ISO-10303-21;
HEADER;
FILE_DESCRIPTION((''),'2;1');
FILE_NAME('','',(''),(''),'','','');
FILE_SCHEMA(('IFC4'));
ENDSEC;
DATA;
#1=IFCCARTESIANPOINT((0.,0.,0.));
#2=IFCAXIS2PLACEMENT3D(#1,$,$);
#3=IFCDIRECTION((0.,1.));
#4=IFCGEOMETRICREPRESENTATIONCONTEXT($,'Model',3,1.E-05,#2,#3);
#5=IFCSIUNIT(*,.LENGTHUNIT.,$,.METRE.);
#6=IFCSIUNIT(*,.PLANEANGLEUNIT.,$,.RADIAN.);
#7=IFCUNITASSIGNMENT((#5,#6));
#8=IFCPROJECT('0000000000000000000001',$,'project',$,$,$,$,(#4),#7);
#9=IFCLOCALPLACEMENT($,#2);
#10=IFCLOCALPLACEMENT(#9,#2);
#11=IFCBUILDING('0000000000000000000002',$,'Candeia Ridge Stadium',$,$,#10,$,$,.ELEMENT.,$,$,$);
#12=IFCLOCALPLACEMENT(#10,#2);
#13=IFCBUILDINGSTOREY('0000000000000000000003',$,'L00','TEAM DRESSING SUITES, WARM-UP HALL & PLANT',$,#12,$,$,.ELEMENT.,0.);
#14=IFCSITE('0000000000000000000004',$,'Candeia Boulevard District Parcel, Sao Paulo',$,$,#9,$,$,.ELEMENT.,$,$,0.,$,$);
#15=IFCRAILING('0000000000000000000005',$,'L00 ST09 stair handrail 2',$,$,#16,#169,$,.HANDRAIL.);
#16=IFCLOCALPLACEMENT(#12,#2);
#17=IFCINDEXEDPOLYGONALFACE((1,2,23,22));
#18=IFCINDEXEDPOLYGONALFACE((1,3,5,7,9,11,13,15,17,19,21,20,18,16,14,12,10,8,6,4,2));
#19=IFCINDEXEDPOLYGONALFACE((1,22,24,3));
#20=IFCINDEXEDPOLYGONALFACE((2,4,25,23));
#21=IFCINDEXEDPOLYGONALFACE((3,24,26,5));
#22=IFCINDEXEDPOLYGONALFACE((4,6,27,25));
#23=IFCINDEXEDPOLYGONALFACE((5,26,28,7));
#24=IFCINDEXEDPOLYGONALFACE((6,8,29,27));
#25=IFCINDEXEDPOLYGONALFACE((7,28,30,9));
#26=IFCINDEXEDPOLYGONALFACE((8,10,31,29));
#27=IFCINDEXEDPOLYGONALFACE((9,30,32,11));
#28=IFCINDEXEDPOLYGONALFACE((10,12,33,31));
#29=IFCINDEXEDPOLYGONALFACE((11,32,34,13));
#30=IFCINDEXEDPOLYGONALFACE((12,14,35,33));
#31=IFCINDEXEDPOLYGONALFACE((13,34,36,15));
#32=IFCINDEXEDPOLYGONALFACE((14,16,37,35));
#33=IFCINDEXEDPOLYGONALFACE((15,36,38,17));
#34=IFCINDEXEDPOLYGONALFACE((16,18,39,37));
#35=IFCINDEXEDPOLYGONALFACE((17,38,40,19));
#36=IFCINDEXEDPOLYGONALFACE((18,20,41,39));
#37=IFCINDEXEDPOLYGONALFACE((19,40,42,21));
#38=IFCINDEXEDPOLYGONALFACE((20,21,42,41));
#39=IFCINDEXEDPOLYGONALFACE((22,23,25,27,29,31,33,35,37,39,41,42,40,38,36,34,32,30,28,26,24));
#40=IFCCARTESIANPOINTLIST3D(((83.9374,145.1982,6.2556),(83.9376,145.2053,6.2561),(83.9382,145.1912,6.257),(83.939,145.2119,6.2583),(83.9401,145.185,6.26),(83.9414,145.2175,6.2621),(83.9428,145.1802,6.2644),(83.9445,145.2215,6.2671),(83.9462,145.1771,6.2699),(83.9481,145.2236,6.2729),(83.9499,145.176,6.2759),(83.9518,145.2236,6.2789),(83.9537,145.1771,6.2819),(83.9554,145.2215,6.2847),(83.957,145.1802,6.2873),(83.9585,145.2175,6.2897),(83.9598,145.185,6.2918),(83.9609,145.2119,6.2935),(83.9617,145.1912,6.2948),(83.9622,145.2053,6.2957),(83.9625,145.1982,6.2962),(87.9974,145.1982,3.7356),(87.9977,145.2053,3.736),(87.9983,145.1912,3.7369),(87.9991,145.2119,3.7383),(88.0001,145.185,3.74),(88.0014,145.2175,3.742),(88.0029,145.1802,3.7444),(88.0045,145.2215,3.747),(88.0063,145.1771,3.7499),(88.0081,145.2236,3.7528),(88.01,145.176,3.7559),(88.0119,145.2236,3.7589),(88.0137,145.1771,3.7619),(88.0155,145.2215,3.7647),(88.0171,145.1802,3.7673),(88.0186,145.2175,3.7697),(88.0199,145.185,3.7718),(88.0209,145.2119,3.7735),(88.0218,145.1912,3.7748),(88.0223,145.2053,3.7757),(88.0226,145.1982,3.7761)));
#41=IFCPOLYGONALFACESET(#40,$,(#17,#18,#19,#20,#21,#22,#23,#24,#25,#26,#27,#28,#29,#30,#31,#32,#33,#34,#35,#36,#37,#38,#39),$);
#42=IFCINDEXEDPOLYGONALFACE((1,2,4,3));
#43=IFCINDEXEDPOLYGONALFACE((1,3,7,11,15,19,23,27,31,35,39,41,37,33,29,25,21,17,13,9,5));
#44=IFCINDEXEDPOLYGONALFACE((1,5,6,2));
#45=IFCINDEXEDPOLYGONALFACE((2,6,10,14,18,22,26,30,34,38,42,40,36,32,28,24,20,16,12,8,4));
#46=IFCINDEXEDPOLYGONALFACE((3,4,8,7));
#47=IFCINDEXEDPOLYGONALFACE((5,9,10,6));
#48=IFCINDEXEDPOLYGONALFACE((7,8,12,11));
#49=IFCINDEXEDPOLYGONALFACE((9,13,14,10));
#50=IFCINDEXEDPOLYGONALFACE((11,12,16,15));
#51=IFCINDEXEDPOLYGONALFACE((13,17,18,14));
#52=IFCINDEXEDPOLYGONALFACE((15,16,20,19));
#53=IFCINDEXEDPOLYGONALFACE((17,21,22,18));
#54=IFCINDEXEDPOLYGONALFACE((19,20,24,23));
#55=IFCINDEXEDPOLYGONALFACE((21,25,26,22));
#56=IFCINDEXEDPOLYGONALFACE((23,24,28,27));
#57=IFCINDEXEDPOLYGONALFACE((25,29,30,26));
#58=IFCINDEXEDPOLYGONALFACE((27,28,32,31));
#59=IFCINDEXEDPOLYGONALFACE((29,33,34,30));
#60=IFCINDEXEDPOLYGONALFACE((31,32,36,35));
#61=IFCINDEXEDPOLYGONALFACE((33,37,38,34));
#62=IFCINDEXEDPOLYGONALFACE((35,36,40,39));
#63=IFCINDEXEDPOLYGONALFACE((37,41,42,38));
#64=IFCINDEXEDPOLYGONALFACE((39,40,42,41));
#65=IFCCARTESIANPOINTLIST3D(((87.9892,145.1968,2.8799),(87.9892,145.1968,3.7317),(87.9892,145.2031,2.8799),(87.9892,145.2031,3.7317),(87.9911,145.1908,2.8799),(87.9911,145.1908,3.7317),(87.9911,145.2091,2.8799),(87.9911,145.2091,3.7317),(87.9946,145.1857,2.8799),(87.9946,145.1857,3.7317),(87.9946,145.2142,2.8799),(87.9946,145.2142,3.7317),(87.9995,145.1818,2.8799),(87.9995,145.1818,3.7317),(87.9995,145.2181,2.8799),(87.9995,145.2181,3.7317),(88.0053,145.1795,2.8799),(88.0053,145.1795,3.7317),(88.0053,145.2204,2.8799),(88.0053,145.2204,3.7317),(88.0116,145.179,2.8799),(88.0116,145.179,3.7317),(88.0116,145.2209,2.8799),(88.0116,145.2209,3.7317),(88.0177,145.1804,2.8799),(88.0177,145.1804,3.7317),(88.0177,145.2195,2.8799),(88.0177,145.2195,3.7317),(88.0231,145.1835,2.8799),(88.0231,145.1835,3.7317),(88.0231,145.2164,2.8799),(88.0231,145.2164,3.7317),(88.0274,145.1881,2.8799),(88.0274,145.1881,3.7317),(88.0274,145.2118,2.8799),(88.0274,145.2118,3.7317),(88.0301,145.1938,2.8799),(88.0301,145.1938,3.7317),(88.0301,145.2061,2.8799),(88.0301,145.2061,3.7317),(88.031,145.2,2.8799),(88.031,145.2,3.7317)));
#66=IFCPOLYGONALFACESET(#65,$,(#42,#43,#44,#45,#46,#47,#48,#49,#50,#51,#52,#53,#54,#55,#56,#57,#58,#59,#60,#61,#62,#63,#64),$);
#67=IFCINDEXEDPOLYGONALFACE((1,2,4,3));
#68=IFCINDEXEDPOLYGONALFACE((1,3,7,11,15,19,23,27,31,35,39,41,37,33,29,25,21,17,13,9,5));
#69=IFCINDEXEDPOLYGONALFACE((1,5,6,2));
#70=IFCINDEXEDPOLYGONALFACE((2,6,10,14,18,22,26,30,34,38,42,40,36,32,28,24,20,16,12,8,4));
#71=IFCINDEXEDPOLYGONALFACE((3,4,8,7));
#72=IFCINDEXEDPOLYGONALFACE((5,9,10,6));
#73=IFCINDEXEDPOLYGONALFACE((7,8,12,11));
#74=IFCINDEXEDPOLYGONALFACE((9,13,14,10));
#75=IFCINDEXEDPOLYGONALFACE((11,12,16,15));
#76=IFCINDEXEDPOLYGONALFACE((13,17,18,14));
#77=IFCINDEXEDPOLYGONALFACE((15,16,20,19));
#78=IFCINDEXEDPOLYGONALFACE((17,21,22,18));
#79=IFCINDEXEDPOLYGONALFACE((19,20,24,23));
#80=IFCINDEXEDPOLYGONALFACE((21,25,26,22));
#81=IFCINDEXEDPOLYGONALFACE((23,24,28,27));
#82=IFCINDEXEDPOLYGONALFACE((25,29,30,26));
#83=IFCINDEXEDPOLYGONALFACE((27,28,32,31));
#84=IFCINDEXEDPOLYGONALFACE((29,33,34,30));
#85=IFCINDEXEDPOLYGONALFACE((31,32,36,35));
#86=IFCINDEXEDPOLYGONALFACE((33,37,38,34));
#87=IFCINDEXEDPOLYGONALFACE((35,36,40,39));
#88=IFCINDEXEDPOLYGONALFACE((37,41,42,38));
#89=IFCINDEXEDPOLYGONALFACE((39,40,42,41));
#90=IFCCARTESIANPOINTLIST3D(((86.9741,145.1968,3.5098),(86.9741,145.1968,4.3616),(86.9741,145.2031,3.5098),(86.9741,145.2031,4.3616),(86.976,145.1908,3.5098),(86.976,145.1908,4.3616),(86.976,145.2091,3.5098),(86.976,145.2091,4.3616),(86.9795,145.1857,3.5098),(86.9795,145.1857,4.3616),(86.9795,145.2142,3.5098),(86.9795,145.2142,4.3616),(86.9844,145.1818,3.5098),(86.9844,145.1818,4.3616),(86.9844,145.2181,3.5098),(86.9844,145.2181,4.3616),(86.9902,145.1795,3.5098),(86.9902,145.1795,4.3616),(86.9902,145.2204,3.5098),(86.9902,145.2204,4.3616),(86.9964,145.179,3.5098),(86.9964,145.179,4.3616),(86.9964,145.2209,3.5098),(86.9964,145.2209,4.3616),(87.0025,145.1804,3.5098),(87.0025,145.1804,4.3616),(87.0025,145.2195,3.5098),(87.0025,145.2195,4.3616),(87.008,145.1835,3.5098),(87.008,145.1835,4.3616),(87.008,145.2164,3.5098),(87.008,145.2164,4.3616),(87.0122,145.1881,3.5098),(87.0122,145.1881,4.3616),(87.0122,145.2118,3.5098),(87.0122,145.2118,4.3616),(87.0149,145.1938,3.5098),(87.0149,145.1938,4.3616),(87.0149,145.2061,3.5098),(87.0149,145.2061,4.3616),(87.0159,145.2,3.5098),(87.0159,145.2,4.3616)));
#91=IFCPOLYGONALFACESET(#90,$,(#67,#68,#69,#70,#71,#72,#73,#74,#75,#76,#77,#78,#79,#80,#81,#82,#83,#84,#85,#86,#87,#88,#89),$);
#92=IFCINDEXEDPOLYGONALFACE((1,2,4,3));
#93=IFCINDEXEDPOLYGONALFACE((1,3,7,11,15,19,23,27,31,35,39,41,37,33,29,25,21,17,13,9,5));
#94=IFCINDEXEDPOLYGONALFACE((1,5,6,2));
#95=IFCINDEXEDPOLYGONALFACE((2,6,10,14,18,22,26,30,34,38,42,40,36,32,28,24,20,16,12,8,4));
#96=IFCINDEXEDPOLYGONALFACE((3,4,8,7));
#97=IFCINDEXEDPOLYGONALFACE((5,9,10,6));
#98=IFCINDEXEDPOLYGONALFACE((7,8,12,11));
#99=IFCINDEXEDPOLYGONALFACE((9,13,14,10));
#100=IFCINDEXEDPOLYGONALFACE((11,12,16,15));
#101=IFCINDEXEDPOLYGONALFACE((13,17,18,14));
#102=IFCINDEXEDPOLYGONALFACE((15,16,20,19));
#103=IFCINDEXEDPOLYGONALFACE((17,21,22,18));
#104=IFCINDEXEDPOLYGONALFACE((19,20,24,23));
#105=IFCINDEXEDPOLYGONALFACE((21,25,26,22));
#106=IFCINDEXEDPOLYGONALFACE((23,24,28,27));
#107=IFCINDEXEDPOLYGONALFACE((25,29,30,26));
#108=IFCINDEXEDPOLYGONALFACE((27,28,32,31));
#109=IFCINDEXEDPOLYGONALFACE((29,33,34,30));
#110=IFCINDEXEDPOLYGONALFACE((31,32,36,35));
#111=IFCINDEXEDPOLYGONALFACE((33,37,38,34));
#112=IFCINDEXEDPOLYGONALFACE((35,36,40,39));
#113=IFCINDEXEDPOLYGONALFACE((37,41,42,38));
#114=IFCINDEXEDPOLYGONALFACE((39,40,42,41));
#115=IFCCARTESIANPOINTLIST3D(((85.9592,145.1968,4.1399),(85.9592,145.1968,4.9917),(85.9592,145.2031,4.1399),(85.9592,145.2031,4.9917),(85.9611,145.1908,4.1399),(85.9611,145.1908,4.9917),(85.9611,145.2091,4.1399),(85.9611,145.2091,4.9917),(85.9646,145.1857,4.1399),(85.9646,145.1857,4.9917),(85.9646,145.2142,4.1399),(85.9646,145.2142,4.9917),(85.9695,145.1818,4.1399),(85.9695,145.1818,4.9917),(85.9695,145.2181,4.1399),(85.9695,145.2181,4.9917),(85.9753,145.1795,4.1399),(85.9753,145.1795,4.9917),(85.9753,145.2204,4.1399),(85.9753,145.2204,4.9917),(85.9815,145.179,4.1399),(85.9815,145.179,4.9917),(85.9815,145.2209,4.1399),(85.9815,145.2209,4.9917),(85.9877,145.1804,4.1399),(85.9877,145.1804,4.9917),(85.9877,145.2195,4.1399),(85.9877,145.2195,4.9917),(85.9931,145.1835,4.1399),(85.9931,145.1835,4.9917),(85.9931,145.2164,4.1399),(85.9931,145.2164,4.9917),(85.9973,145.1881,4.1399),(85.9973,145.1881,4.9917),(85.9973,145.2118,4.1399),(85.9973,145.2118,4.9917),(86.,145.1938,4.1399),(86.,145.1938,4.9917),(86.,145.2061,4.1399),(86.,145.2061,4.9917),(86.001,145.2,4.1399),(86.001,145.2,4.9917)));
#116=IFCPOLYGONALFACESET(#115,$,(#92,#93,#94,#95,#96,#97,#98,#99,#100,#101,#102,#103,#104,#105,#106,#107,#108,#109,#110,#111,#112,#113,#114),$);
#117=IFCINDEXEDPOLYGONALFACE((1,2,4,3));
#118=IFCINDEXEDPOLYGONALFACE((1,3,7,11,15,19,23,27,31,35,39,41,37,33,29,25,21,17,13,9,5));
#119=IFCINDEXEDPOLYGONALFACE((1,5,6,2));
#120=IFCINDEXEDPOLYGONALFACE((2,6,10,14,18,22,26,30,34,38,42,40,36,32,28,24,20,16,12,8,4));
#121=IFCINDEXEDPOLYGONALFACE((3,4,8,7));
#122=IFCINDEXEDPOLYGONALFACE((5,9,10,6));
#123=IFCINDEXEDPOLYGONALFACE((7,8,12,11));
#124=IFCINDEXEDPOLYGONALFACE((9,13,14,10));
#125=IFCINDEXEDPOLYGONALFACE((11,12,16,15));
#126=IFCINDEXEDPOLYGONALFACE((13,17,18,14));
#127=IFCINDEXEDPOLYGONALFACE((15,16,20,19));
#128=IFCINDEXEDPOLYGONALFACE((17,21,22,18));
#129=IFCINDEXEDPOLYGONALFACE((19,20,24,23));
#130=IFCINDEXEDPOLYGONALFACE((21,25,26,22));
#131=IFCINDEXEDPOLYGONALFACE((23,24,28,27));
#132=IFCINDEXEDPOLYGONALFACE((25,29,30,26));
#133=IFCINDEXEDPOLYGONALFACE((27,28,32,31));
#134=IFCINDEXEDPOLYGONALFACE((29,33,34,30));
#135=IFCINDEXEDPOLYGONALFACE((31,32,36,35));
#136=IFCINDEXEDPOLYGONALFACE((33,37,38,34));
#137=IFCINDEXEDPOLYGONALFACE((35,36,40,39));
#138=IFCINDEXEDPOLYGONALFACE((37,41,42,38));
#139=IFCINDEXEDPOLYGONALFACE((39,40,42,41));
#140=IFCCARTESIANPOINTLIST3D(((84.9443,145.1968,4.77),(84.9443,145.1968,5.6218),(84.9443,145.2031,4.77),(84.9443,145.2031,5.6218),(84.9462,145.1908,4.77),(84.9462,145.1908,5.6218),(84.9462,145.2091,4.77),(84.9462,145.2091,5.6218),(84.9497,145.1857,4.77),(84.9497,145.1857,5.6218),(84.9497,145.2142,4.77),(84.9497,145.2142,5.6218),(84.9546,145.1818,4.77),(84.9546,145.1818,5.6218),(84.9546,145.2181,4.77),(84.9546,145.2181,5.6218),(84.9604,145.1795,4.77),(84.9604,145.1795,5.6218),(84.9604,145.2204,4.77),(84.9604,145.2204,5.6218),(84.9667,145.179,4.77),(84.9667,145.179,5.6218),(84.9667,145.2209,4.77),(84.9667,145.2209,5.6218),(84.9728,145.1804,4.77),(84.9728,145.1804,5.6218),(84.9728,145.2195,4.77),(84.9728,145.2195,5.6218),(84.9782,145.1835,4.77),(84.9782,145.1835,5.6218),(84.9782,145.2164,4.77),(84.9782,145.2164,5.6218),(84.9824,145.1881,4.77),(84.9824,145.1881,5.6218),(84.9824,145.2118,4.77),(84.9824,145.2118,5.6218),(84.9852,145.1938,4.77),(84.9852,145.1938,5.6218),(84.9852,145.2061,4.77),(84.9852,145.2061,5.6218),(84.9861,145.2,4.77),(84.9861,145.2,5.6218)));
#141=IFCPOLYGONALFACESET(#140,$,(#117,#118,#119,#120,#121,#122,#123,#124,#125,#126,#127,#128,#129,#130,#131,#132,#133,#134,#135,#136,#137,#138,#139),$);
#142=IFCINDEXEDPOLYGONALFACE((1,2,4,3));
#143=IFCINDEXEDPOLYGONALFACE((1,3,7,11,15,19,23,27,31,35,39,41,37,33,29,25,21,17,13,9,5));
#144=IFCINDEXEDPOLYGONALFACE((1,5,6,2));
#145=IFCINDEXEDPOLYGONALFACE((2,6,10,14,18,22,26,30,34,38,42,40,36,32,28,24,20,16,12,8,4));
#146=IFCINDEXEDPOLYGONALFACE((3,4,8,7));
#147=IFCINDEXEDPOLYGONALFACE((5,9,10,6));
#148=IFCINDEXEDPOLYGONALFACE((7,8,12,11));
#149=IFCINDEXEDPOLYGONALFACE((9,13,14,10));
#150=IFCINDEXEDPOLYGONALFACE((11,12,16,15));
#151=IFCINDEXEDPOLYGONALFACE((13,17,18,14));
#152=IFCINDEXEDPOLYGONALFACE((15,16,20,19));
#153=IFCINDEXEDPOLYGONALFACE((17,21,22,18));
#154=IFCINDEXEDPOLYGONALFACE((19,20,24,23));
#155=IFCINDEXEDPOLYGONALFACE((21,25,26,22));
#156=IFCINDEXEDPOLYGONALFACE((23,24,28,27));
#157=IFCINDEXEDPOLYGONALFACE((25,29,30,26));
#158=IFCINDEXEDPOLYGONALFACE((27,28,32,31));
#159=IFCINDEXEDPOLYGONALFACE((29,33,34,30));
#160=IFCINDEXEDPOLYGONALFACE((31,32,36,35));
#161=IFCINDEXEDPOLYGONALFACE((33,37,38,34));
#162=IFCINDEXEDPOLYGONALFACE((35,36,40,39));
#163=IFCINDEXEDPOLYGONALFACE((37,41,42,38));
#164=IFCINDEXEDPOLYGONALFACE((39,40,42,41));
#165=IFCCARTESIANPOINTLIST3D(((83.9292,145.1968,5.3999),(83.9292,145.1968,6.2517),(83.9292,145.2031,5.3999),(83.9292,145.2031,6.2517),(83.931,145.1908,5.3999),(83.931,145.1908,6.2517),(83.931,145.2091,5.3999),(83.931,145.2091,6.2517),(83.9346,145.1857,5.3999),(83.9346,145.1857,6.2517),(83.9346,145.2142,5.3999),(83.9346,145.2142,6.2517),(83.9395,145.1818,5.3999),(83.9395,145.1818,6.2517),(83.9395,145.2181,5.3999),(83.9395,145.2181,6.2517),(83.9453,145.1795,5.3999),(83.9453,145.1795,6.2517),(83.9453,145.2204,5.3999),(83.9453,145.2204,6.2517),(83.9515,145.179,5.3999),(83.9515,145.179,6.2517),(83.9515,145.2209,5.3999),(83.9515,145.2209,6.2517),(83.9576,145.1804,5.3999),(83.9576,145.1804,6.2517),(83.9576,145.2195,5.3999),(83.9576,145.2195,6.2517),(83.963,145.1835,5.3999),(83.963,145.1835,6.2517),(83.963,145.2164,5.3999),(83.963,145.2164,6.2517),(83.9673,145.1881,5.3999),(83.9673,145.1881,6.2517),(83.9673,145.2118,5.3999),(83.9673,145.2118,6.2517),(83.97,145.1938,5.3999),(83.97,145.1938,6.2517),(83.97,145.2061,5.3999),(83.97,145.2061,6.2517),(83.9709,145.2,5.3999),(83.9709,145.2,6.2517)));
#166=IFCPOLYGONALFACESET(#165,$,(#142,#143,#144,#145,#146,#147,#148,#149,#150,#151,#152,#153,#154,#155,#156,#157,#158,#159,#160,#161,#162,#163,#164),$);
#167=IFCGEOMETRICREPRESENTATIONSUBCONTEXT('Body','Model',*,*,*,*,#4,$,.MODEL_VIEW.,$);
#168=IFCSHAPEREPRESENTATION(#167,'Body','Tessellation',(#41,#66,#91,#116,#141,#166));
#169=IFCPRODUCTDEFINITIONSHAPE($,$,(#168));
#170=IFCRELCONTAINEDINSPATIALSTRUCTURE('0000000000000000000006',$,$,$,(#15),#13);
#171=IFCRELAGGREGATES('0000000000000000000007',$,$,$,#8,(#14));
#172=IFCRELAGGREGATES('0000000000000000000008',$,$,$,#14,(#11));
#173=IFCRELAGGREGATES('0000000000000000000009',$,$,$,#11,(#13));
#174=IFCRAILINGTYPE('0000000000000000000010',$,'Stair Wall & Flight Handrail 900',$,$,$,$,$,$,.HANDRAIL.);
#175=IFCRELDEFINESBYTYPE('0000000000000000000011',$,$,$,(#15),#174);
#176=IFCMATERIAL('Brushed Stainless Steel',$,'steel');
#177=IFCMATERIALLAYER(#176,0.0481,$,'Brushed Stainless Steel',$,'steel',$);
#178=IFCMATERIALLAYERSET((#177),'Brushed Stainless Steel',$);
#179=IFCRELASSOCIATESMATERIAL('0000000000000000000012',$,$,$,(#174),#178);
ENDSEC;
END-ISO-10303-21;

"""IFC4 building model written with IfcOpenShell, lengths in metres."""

from ifc_helpers import new_model, si_unit, direction, frame, origin, origin_2d, place, context, subcontext, project, spatial, circle, extrude, material, layer, layer_set, type_object, element, save


model = new_model("IFC4")

# Units and contexts
model_context = context("Model", 3, precision=1e-05, world=origin(), true_north=direction((0.0, 1.0)))
body_context = subcontext(model_context, "Body", "Model", "MODEL_VIEW")
ifc_project = project(units=[si_unit("LENGTHUNIT", "METRE"), si_unit("PLANEANGLEUNIT", "RADIAN")], contexts=[model_context])

# Site, building, storey
site_placement = place(None, origin())
site = spatial("IfcSite", under=ifc_project, at=site_placement, Name="Candeia Boulevard District Parcel, Sao Paulo", CompositionType="ELEMENT", RefElevation=0.0)
building_placement = place(site_placement, origin())
building = spatial("IfcBuilding", under=site, at=building_placement, Name="Candeia Ridge Stadium", CompositionType="ELEMENT")
storey_placement = place(building_placement, origin())
storey = spatial("IfcBuildingStorey", under=building, at=storey_placement, Name="L00", Description="TEAM DRESSING SUITES, WARM-UP HALL & PLANT", CompositionType="ELEMENT", Elevation=0.0)

# Railing
ifc_material_1 = material(Name="Brushed Stainless Steel", Category="steel")
ifc_layer_1 = layer(ifc_material_1, 0.0481, Name="Brushed Stainless Steel", Category="steel")
ifc_layer_set_1 = layer_set([ifc_layer_1], Name="Brushed Stainless Steel")
railing_type = type_object("IfcRailingType", Name="Stair Wall & Flight Handrail 900", PredefinedType="HANDRAIL", material=ifc_layer_set_1)
for number, where, name in (
    (1, (88.01, 145.2, 2.8799), "L00 ST09 stair handrail 2"),
):
    element("IfcRailing", number, at=place(storey_placement, frame(where)), inside=storey, type_object=railing_type, Name=name, PredefinedType="HANDRAIL", context=body_context, shape_type="SweptSolid", body=[
        extrude(circle(Radius=0.0239, at=origin_2d()), frame((0.0, 0.0, 0.876), z_axis=(-0.849642, 0.0, 0.52736), x_axis=(0.0, -1.0, 0.0)), (0.0, 0.0, 1.0), 4.7786),
        extrude(circle(Radius=0.021, at=origin_2d()), origin(), (0.0, 0.0, 1.0), 0.8518),
        extrude(circle(Radius=0.021, at=origin_2d()), frame((-1.0151, 0.0, 0.6299)), (0.0, 0.0, 1.0), 0.8518),
        extrude(circle(Radius=0.021, at=origin_2d()), frame((-2.03, 0.0, 1.26)), (0.0, 0.0, 1.0), 0.8518),
        extrude(circle(Radius=0.021, at=origin_2d()), frame((-3.0449, 0.0, 1.8901)), (0.0, 0.0, 1.0), 0.8518),
        extrude(circle(Radius=0.021, at=origin_2d()), frame((-4.0601, 0.0, 2.52)), (0.0, 0.0, 1.0), 0.8518),
    ])

save(model, "model.ifc")
